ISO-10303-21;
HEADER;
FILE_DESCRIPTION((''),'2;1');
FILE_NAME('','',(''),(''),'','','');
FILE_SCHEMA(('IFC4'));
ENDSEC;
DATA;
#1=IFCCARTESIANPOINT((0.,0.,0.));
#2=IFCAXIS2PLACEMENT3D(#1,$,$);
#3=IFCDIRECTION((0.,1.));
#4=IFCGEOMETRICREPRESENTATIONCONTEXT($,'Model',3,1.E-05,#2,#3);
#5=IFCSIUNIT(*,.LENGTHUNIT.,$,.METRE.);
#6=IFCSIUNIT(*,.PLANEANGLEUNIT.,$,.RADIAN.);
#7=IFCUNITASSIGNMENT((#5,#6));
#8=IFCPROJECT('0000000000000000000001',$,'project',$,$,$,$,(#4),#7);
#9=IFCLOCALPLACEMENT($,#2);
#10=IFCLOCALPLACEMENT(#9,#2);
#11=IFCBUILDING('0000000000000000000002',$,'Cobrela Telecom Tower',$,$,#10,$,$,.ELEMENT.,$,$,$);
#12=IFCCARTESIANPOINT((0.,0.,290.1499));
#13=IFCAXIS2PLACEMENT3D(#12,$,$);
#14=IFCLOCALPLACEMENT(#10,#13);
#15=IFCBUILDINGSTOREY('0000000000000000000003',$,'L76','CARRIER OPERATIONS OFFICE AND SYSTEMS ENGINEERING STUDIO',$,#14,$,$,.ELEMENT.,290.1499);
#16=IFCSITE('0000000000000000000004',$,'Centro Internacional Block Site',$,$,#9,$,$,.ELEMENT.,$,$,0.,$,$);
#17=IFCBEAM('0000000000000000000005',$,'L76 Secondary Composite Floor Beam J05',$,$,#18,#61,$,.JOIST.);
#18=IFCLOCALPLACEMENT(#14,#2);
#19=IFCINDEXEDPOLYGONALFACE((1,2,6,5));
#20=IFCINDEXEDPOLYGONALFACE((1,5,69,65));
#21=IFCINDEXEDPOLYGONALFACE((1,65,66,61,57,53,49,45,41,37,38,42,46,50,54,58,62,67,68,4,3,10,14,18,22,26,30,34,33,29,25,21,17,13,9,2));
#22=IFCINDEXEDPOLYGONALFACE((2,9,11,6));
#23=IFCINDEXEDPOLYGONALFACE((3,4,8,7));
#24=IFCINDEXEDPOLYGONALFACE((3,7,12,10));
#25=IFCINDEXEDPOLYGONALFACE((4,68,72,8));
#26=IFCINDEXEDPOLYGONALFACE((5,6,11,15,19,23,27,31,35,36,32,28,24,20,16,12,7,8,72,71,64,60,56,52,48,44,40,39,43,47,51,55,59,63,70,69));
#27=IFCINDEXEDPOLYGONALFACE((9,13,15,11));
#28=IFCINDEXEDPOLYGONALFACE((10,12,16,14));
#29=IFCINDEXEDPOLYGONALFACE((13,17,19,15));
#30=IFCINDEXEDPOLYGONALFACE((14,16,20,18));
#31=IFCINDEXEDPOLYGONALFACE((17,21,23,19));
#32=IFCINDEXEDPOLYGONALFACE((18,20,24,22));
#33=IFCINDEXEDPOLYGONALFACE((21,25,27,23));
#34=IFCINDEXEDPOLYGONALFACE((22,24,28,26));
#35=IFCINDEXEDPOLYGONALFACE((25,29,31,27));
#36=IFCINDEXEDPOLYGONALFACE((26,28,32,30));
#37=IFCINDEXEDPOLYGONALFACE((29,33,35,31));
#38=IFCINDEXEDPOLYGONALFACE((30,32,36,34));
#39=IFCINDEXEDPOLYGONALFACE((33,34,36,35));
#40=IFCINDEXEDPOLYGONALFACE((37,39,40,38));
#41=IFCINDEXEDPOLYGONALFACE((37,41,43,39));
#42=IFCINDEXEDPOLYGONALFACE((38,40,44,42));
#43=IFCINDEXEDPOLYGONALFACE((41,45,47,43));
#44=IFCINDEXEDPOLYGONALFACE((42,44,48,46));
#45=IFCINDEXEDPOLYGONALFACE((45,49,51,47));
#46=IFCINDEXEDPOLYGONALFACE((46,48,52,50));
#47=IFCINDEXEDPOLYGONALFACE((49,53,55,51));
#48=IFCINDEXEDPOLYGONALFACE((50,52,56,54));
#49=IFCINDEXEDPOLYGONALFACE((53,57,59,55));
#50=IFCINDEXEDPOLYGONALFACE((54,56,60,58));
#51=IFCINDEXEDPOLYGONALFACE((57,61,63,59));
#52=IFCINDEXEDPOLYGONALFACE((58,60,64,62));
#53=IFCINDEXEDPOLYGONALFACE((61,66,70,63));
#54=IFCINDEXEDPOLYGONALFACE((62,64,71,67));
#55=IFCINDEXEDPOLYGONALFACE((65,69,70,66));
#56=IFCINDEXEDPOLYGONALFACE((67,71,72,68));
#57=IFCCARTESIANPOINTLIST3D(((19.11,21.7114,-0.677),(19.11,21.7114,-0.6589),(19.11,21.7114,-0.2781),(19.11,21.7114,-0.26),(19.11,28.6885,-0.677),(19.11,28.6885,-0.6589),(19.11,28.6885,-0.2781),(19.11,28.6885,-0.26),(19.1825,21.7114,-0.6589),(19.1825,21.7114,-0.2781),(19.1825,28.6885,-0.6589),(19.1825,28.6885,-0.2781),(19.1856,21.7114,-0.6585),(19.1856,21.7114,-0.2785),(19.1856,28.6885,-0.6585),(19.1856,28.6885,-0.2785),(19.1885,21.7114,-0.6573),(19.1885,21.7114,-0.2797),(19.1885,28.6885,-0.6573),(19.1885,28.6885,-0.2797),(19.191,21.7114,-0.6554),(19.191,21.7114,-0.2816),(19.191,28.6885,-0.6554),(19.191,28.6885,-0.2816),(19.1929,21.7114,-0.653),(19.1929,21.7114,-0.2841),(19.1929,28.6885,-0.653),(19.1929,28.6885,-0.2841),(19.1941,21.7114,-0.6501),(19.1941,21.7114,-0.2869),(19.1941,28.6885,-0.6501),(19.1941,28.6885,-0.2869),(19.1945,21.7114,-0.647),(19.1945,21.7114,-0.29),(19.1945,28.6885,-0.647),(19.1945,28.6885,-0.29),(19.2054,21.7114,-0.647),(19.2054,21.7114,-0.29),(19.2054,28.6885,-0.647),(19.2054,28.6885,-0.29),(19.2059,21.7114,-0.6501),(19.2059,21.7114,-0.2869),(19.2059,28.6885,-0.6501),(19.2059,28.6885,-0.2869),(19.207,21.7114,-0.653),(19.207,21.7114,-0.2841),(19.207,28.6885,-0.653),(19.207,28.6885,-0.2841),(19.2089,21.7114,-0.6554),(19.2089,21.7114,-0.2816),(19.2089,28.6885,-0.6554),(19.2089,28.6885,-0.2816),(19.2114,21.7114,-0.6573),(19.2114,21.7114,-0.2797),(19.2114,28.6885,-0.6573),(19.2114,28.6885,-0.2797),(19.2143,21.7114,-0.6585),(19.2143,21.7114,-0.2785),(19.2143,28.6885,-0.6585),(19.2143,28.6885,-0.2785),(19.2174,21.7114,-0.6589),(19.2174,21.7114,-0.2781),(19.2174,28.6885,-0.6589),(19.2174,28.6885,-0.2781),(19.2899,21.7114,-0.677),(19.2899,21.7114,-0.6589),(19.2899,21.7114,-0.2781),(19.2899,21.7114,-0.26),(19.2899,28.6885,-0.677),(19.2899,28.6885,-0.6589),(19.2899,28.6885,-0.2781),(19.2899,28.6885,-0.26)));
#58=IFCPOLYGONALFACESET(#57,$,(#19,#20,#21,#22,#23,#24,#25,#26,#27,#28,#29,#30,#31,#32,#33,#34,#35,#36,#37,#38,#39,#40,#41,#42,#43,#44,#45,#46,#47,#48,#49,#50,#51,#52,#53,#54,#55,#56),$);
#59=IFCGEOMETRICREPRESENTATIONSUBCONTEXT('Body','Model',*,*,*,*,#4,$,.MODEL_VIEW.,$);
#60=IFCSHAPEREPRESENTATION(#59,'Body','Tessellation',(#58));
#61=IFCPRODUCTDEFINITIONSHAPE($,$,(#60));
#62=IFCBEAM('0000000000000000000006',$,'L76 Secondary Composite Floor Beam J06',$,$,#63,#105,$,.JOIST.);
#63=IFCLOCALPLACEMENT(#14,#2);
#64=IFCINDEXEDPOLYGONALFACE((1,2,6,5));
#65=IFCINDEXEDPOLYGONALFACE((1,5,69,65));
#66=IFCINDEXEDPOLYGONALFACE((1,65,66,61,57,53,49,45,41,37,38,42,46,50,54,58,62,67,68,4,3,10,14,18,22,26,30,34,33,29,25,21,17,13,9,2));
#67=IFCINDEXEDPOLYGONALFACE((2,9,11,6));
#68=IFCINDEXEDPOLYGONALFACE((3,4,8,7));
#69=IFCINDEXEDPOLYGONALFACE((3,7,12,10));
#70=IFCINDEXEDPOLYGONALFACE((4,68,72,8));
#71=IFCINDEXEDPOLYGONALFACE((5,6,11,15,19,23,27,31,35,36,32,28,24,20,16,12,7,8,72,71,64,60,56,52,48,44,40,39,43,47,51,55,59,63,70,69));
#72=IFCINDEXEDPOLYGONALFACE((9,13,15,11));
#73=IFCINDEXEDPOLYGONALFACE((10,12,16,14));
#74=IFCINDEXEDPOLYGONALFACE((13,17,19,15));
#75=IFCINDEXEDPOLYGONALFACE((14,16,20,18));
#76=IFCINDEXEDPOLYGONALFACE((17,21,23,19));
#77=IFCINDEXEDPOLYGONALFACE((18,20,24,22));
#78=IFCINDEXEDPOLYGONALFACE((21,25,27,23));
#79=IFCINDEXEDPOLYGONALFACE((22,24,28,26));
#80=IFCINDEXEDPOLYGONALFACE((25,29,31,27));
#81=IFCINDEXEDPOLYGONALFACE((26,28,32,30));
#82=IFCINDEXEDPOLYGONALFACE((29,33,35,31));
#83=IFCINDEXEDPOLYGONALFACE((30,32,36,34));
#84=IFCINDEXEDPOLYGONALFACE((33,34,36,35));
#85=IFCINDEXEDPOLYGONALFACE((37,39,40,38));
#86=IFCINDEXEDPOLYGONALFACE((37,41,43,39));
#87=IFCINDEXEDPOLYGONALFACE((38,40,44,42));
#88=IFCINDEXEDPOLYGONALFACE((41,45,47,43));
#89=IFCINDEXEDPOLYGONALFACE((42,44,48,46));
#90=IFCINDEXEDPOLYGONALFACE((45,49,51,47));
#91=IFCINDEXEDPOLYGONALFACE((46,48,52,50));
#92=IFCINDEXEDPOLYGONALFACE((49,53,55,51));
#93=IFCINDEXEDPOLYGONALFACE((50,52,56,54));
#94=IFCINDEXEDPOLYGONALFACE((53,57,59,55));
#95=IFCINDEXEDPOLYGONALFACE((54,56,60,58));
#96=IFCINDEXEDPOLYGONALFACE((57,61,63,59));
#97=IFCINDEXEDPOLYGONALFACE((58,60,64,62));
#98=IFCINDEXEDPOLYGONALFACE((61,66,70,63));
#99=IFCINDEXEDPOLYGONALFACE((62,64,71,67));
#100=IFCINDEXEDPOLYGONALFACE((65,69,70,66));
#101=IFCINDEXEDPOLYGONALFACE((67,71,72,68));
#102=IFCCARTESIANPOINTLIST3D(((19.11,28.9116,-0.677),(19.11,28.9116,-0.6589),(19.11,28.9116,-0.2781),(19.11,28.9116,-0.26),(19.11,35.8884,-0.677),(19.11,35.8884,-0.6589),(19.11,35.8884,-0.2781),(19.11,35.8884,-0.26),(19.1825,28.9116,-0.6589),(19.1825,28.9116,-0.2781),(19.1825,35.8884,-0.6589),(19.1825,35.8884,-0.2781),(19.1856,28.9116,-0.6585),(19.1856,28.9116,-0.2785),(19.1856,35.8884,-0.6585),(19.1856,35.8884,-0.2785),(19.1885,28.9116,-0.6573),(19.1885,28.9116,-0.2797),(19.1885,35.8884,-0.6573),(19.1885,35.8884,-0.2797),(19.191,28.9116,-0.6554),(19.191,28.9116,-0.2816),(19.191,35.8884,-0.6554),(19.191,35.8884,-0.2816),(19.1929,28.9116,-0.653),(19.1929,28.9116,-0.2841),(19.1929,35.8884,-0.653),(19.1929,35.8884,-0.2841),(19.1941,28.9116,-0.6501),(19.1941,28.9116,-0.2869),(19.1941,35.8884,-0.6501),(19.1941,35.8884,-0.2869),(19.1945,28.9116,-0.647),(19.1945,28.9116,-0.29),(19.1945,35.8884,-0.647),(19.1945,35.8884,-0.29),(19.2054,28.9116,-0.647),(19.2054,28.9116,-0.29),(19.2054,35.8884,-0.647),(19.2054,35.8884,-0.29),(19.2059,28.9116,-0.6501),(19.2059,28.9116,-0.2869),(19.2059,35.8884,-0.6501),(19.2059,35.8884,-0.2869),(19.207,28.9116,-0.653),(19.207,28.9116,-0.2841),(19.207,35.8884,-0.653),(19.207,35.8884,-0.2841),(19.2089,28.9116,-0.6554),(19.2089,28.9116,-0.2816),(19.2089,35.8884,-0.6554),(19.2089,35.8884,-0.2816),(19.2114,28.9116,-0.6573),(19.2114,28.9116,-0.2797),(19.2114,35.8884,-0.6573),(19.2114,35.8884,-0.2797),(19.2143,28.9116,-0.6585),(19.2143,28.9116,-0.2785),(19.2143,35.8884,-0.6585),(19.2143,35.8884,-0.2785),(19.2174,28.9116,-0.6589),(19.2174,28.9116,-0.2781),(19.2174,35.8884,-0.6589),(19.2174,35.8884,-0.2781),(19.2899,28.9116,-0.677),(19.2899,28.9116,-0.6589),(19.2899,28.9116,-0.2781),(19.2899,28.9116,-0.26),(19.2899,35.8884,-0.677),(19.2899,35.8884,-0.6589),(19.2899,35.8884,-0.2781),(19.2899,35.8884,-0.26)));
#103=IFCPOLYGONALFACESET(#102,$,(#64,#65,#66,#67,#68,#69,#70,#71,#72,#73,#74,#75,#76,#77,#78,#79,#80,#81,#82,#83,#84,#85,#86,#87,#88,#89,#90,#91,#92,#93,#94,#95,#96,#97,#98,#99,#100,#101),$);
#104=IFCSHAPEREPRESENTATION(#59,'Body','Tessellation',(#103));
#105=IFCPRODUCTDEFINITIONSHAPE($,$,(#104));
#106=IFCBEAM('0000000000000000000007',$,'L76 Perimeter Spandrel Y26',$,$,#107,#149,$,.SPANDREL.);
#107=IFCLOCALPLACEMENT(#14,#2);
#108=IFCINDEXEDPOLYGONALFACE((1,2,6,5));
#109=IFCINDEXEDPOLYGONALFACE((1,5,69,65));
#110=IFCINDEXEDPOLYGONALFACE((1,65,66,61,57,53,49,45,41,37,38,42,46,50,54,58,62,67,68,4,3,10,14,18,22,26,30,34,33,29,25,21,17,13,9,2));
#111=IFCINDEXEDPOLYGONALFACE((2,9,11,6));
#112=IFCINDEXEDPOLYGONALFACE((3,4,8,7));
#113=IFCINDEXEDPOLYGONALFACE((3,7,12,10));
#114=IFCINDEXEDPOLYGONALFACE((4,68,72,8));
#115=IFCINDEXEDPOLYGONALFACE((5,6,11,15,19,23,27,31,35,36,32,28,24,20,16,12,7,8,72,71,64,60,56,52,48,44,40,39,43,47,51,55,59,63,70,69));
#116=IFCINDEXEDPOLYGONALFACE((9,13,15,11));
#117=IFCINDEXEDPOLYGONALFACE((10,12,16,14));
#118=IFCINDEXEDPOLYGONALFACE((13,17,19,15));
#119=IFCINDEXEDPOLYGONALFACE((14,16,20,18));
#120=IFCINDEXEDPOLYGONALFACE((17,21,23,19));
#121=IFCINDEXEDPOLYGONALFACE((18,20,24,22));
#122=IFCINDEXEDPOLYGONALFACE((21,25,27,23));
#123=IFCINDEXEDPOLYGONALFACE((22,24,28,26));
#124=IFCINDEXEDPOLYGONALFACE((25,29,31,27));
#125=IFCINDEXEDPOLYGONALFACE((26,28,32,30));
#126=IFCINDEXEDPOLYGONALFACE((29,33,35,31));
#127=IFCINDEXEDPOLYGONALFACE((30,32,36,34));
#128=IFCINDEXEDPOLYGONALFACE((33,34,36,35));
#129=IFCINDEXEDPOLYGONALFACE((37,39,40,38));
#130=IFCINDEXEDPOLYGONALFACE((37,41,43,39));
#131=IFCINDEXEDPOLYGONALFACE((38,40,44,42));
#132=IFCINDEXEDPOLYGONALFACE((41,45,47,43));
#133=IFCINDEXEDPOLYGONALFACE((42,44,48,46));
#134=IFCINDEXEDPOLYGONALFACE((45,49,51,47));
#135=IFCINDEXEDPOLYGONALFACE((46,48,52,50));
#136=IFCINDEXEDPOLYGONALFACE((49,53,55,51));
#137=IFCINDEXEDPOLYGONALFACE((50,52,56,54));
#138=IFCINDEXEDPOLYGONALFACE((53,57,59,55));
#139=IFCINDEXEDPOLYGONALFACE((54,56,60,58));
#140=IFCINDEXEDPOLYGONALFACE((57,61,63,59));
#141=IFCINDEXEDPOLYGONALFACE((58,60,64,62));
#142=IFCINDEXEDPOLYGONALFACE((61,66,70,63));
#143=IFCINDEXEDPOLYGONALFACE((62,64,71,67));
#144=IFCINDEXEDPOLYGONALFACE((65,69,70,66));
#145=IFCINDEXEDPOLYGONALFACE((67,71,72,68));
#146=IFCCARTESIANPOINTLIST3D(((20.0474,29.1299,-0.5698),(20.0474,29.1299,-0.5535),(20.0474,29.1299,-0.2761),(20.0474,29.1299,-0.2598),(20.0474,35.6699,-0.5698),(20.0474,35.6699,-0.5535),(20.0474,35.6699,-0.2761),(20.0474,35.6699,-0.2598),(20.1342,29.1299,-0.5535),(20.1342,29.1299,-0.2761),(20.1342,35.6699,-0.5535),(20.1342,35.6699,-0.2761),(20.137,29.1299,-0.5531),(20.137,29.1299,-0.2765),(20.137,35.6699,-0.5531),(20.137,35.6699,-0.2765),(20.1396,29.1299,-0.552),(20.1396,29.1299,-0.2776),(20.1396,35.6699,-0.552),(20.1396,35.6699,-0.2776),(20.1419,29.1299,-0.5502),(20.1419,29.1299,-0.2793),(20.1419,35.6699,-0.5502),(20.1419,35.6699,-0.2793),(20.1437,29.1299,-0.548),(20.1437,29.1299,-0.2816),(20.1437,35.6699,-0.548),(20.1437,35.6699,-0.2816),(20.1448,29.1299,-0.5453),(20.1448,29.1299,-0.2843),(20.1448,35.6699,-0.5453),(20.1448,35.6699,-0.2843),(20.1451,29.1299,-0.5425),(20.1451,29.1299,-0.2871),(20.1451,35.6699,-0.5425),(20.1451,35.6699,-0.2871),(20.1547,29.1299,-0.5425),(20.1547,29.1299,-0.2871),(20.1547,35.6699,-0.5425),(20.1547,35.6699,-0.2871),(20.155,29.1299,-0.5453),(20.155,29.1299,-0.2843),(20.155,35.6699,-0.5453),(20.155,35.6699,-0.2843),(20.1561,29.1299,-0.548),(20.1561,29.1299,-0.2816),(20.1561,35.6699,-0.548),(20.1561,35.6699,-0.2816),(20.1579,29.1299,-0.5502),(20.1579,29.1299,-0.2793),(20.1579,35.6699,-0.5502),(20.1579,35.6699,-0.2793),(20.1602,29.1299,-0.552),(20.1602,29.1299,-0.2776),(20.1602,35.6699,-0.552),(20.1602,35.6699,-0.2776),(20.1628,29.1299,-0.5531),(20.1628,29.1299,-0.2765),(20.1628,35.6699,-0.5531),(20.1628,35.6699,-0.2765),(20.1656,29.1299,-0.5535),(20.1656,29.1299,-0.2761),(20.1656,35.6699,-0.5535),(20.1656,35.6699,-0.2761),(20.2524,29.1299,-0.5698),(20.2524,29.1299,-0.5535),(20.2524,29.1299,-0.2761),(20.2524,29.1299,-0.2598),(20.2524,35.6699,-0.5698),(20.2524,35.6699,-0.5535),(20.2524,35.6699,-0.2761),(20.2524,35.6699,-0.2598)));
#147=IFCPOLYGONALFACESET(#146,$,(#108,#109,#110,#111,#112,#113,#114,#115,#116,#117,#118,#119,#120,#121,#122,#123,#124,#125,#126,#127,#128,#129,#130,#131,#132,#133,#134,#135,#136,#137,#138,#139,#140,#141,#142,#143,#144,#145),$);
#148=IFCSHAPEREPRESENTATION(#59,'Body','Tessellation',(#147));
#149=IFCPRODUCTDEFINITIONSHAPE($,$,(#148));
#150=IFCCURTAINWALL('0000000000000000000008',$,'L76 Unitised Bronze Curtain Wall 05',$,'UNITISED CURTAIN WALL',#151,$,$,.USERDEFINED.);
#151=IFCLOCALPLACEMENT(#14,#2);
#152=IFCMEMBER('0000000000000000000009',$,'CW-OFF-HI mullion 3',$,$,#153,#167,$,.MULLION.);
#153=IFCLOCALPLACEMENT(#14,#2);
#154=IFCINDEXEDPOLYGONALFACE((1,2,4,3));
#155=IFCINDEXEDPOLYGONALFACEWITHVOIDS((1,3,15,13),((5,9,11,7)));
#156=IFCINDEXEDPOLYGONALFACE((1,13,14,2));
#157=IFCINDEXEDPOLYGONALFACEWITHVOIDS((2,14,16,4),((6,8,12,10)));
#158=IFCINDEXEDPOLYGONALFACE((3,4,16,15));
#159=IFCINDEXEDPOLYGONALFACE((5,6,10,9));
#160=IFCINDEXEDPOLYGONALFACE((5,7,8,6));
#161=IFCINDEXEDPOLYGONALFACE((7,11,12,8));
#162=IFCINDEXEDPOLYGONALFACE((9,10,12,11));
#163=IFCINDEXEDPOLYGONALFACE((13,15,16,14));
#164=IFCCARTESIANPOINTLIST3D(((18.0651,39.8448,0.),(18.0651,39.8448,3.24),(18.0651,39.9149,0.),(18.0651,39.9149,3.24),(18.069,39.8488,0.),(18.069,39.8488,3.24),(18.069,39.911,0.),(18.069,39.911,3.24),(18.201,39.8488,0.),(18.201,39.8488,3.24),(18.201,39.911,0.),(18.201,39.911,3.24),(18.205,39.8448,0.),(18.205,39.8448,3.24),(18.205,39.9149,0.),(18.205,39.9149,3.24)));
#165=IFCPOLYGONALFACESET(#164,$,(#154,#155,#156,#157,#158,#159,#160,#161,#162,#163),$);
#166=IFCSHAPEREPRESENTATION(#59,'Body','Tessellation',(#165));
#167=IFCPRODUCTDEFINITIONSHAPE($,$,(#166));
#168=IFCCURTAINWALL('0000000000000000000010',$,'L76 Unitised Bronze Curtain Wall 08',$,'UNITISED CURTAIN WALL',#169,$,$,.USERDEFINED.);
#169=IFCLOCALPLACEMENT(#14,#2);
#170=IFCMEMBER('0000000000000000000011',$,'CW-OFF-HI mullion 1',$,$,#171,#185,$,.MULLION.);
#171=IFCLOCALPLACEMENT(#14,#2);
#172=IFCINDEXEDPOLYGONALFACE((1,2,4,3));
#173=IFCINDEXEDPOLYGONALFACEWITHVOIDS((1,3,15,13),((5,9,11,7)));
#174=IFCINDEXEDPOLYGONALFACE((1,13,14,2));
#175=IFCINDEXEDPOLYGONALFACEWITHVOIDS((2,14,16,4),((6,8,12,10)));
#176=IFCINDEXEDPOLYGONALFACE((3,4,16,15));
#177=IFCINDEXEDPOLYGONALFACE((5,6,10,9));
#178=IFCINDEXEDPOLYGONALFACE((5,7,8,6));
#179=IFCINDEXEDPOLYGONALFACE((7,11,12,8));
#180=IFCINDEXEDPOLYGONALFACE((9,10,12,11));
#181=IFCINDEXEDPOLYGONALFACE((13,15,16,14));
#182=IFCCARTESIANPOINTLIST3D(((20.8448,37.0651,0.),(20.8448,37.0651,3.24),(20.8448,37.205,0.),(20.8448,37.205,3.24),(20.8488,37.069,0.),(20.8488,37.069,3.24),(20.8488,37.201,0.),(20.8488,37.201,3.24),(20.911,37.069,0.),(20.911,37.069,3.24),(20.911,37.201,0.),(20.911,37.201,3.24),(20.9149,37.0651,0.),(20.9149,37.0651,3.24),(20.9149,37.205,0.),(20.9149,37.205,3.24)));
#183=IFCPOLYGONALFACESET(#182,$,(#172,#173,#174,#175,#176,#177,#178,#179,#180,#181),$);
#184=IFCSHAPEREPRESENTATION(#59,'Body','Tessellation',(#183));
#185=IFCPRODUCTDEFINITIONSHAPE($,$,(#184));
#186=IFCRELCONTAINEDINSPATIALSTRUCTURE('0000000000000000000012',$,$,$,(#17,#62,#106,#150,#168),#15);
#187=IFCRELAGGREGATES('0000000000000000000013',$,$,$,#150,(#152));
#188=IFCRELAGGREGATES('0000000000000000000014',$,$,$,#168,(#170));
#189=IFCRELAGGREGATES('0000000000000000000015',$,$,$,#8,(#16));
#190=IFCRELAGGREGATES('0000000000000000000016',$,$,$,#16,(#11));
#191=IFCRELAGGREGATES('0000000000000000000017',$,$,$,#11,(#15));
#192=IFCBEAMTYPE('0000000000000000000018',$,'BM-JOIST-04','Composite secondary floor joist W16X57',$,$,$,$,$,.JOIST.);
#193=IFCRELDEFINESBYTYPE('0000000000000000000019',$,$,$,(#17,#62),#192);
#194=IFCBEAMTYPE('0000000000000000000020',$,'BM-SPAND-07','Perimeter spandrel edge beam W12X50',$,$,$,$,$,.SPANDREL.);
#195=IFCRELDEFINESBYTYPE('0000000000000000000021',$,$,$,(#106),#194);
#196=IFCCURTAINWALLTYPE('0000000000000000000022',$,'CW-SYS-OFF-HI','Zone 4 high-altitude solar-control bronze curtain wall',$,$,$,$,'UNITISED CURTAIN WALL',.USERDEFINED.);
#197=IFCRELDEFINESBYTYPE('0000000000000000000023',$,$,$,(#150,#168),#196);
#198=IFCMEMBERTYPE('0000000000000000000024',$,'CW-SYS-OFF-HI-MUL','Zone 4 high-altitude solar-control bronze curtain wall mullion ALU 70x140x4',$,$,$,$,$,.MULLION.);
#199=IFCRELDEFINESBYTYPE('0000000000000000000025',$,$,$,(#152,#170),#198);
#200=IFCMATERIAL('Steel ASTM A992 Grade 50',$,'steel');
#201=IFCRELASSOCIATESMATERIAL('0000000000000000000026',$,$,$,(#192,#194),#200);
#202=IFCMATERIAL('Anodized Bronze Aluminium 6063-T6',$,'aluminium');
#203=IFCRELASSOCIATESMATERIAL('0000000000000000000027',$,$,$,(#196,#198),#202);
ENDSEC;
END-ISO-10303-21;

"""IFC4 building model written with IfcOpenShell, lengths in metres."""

from ifc_helpers import new_model, si_unit, direction, frame, origin, origin_2d, place, context, subcontext, project, spatial, hollow_rectangle, i_section, extrude, material, material_profile, profile_set, type_object, element, aggregate, save


model = new_model("IFC4")

# Units and contexts
model_context = context("Model", 3, precision=1e-05, world=origin(), true_north=direction((0.0, 1.0)))
body_context = subcontext(model_context, "Body", "Model", "MODEL_VIEW")
ifc_project = project(units=[si_unit("LENGTHUNIT", "METRE"), si_unit("PLANEANGLEUNIT", "RADIAN")], contexts=[model_context])

# Site, building, storey
site_placement = place(None, origin())
site = spatial("IfcSite", under=ifc_project, at=site_placement, Name="Centro Internacional Block Site", CompositionType="ELEMENT", RefElevation=0.0)
building_placement = place(site_placement, origin())
building = spatial("IfcBuilding", under=site, at=building_placement, Name="Cobrela Telecom Tower", CompositionType="ELEMENT")
storey_placement = place(building_placement, frame((0.0, 0.0, 290.1499)))
storey = spatial("IfcBuildingStorey", under=building, at=storey_placement, Name="L76", Description="CARRIER OPERATIONS OFFICE AND SYSTEMS ENGINEERING STUDIO", CompositionType="ELEMENT", Elevation=290.1499)

# Shared definitions
ifc_material_1 = material(Name="Steel ASTM A992 Grade 50", Category="steel")

# Beams
ifc_material_profile_1 = material_profile(ifc_material_1, i_section(OverallWidth=0.1799, OverallDepth=0.417, WebThickness=0.011, FlangeThickness=0.0181, FilletRadius=0.012, at=origin_2d()), Name="W16X57")
ifc_profile_set_1 = profile_set([ifc_material_profile_1], Name="Steel ASTM A992 Grade 50")
beam_type_1 = type_object("IfcBeamType", Name="BM-JOIST-04", Description="Composite secondary floor joist W16X57", PredefinedType="JOIST", material=ifc_profile_set_1)
beam_1_placement = place(storey_placement, frame((19.2, 21.7114, -0.4685), z_axis=(0.0, 1.0, 0.0), x_axis=(-1.0, 0.0, 0.0)))
element("IfcBeam", 1, at=beam_1_placement, inside=storey, type_object=beam_type_1, Name="L76 Secondary Composite Floor Beam J05", PredefinedType="JOIST", context=body_context, shape_type="SweptSolid", body=[
    extrude(i_section(OverallWidth=0.1799, OverallDepth=0.417, WebThickness=0.011, FlangeThickness=0.0181, FilletRadius=0.012, at=origin_2d()), origin(), (0.0, 0.0, 1.0), 6.9771),
])
beam_2_placement = place(storey_placement, frame((19.2, 28.9116, -0.4685), z_axis=(0.0, 1.0, 0.0), x_axis=(-1.0, 0.0, 0.0)))
element("IfcBeam", 2, at=beam_2_placement, inside=storey, type_object=beam_type_1, Name="L76 Secondary Composite Floor Beam J06", PredefinedType="JOIST", context=body_context, shape_type="SweptSolid", body=[
    extrude(i_section(OverallWidth=0.1799, OverallDepth=0.417, WebThickness=0.011, FlangeThickness=0.0181, FilletRadius=0.012, at=origin_2d()), origin(), (0.0, 0.0, 1.0), 6.9768),
])
ifc_material_profile_2 = material_profile(ifc_material_1, i_section(OverallWidth=0.2051, OverallDepth=0.3101, WebThickness=0.0095, FlangeThickness=0.0164, FilletRadius=0.011, at=origin_2d()), Name="W12X50")
ifc_profile_set_2 = profile_set([ifc_material_profile_2], Name="Steel ASTM A992 Grade 50")
beam_type_2 = type_object("IfcBeamType", Name="BM-SPAND-07", Description="Perimeter spandrel edge beam W12X50", PredefinedType="SPANDREL", material=ifc_profile_set_2)
beam_3_placement = place(storey_placement, frame((20.1499, 29.1299, -0.4148), z_axis=(0.0, 1.0, 0.0), x_axis=(-1.0, 0.0, 0.0)))
element("IfcBeam", 3, at=beam_3_placement, inside=storey, type_object=beam_type_2, Name="L76 Perimeter Spandrel Y26", PredefinedType="SPANDREL", context=body_context, shape_type="SweptSolid", body=[
    extrude(i_section(OverallWidth=0.2051, OverallDepth=0.3101, WebThickness=0.0095, FlangeThickness=0.0164, FilletRadius=0.011, at=origin_2d()), origin(), (0.0, 0.0, 1.0), 6.54),
])

# Curtain wall, member
ifc_material_2 = material(Name="Anodized Bronze Aluminium 6063-T6", Category="aluminium")
curtain_wall_type = type_object("IfcCurtainWallType", Name="CW-SYS-OFF-HI", Description="Zone 4 high-altitude solar-control bronze curtain wall", ElementType="UNITISED CURTAIN WALL", PredefinedType="USERDEFINED", material=ifc_material_2)
curtain_wall_1_placement = place(storey_placement, origin())
curtain_wall_1 = element("IfcCurtainWall", 4, at=curtain_wall_1_placement, inside=storey, type_object=curtain_wall_type, Name="L76 Unitised Bronze Curtain Wall 05", ObjectType="UNITISED CURTAIN WALL", PredefinedType="USERDEFINED")
ifc_material_profile_3 = material_profile(ifc_material_2, hollow_rectangle(XDim=0.0701, YDim=0.1399, WallThickness=0.0039, at=origin_2d()), Name="ALU 70x140x4")
ifc_profile_set_3 = profile_set([ifc_material_profile_3], Name="Anodized Bronze Aluminium 6063-T6")
member_type_1 = type_object("IfcMemberType", Name="CW-SYS-OFF-HI-MUL", Description="Zone 4 high-altitude solar-control bronze curtain wall mullion ALU 70x140x4", PredefinedType="MULLION", material=ifc_profile_set_3)
member_1_placement = place(storey_placement, frame((18.135, 39.8799, 0.0), z_axis=(0.0, 0.0, 1.0), x_axis=(0.0, 1.0, 0.0)))
member_1 = element("IfcMember", 5, at=member_1_placement, type_object=member_type_1, Name="CW-OFF-HI mullion 3", PredefinedType="MULLION", context=body_context, shape_type="SweptSolid", body=[
    extrude(hollow_rectangle(XDim=0.0701, YDim=0.1399, WallThickness=0.0039, at=origin_2d()), origin(), (0.0, 0.0, 1.0), 3.24),
])
aggregate(curtain_wall_1, [member_1])

# Curtain wall, member
curtain_wall_2_placement = place(storey_placement, origin())
curtain_wall_2 = element("IfcCurtainWall", 6, at=curtain_wall_2_placement, inside=storey, type_object=curtain_wall_type, Name="L76 Unitised Bronze Curtain Wall 08", ObjectType="UNITISED CURTAIN WALL", PredefinedType="USERDEFINED")
member_2_placement = place(storey_placement, frame((20.8799, 37.135, 0.0), z_axis=(0.0, 0.0, 1.0), x_axis=(1.0, 0.0, 0.0)))
member_2 = element("IfcMember", 7, at=member_2_placement, type_object=member_type_1, Name="CW-OFF-HI mullion 1", PredefinedType="MULLION", context=body_context, shape_type="SweptSolid", body=[
    extrude(hollow_rectangle(XDim=0.0701, YDim=0.1399, WallThickness=0.0039, at=origin_2d()), origin(), (0.0, 0.0, 1.0), 3.24),
])

aggregate(curtain_wall_2, [member_2])

save(model, "model.ifc")
